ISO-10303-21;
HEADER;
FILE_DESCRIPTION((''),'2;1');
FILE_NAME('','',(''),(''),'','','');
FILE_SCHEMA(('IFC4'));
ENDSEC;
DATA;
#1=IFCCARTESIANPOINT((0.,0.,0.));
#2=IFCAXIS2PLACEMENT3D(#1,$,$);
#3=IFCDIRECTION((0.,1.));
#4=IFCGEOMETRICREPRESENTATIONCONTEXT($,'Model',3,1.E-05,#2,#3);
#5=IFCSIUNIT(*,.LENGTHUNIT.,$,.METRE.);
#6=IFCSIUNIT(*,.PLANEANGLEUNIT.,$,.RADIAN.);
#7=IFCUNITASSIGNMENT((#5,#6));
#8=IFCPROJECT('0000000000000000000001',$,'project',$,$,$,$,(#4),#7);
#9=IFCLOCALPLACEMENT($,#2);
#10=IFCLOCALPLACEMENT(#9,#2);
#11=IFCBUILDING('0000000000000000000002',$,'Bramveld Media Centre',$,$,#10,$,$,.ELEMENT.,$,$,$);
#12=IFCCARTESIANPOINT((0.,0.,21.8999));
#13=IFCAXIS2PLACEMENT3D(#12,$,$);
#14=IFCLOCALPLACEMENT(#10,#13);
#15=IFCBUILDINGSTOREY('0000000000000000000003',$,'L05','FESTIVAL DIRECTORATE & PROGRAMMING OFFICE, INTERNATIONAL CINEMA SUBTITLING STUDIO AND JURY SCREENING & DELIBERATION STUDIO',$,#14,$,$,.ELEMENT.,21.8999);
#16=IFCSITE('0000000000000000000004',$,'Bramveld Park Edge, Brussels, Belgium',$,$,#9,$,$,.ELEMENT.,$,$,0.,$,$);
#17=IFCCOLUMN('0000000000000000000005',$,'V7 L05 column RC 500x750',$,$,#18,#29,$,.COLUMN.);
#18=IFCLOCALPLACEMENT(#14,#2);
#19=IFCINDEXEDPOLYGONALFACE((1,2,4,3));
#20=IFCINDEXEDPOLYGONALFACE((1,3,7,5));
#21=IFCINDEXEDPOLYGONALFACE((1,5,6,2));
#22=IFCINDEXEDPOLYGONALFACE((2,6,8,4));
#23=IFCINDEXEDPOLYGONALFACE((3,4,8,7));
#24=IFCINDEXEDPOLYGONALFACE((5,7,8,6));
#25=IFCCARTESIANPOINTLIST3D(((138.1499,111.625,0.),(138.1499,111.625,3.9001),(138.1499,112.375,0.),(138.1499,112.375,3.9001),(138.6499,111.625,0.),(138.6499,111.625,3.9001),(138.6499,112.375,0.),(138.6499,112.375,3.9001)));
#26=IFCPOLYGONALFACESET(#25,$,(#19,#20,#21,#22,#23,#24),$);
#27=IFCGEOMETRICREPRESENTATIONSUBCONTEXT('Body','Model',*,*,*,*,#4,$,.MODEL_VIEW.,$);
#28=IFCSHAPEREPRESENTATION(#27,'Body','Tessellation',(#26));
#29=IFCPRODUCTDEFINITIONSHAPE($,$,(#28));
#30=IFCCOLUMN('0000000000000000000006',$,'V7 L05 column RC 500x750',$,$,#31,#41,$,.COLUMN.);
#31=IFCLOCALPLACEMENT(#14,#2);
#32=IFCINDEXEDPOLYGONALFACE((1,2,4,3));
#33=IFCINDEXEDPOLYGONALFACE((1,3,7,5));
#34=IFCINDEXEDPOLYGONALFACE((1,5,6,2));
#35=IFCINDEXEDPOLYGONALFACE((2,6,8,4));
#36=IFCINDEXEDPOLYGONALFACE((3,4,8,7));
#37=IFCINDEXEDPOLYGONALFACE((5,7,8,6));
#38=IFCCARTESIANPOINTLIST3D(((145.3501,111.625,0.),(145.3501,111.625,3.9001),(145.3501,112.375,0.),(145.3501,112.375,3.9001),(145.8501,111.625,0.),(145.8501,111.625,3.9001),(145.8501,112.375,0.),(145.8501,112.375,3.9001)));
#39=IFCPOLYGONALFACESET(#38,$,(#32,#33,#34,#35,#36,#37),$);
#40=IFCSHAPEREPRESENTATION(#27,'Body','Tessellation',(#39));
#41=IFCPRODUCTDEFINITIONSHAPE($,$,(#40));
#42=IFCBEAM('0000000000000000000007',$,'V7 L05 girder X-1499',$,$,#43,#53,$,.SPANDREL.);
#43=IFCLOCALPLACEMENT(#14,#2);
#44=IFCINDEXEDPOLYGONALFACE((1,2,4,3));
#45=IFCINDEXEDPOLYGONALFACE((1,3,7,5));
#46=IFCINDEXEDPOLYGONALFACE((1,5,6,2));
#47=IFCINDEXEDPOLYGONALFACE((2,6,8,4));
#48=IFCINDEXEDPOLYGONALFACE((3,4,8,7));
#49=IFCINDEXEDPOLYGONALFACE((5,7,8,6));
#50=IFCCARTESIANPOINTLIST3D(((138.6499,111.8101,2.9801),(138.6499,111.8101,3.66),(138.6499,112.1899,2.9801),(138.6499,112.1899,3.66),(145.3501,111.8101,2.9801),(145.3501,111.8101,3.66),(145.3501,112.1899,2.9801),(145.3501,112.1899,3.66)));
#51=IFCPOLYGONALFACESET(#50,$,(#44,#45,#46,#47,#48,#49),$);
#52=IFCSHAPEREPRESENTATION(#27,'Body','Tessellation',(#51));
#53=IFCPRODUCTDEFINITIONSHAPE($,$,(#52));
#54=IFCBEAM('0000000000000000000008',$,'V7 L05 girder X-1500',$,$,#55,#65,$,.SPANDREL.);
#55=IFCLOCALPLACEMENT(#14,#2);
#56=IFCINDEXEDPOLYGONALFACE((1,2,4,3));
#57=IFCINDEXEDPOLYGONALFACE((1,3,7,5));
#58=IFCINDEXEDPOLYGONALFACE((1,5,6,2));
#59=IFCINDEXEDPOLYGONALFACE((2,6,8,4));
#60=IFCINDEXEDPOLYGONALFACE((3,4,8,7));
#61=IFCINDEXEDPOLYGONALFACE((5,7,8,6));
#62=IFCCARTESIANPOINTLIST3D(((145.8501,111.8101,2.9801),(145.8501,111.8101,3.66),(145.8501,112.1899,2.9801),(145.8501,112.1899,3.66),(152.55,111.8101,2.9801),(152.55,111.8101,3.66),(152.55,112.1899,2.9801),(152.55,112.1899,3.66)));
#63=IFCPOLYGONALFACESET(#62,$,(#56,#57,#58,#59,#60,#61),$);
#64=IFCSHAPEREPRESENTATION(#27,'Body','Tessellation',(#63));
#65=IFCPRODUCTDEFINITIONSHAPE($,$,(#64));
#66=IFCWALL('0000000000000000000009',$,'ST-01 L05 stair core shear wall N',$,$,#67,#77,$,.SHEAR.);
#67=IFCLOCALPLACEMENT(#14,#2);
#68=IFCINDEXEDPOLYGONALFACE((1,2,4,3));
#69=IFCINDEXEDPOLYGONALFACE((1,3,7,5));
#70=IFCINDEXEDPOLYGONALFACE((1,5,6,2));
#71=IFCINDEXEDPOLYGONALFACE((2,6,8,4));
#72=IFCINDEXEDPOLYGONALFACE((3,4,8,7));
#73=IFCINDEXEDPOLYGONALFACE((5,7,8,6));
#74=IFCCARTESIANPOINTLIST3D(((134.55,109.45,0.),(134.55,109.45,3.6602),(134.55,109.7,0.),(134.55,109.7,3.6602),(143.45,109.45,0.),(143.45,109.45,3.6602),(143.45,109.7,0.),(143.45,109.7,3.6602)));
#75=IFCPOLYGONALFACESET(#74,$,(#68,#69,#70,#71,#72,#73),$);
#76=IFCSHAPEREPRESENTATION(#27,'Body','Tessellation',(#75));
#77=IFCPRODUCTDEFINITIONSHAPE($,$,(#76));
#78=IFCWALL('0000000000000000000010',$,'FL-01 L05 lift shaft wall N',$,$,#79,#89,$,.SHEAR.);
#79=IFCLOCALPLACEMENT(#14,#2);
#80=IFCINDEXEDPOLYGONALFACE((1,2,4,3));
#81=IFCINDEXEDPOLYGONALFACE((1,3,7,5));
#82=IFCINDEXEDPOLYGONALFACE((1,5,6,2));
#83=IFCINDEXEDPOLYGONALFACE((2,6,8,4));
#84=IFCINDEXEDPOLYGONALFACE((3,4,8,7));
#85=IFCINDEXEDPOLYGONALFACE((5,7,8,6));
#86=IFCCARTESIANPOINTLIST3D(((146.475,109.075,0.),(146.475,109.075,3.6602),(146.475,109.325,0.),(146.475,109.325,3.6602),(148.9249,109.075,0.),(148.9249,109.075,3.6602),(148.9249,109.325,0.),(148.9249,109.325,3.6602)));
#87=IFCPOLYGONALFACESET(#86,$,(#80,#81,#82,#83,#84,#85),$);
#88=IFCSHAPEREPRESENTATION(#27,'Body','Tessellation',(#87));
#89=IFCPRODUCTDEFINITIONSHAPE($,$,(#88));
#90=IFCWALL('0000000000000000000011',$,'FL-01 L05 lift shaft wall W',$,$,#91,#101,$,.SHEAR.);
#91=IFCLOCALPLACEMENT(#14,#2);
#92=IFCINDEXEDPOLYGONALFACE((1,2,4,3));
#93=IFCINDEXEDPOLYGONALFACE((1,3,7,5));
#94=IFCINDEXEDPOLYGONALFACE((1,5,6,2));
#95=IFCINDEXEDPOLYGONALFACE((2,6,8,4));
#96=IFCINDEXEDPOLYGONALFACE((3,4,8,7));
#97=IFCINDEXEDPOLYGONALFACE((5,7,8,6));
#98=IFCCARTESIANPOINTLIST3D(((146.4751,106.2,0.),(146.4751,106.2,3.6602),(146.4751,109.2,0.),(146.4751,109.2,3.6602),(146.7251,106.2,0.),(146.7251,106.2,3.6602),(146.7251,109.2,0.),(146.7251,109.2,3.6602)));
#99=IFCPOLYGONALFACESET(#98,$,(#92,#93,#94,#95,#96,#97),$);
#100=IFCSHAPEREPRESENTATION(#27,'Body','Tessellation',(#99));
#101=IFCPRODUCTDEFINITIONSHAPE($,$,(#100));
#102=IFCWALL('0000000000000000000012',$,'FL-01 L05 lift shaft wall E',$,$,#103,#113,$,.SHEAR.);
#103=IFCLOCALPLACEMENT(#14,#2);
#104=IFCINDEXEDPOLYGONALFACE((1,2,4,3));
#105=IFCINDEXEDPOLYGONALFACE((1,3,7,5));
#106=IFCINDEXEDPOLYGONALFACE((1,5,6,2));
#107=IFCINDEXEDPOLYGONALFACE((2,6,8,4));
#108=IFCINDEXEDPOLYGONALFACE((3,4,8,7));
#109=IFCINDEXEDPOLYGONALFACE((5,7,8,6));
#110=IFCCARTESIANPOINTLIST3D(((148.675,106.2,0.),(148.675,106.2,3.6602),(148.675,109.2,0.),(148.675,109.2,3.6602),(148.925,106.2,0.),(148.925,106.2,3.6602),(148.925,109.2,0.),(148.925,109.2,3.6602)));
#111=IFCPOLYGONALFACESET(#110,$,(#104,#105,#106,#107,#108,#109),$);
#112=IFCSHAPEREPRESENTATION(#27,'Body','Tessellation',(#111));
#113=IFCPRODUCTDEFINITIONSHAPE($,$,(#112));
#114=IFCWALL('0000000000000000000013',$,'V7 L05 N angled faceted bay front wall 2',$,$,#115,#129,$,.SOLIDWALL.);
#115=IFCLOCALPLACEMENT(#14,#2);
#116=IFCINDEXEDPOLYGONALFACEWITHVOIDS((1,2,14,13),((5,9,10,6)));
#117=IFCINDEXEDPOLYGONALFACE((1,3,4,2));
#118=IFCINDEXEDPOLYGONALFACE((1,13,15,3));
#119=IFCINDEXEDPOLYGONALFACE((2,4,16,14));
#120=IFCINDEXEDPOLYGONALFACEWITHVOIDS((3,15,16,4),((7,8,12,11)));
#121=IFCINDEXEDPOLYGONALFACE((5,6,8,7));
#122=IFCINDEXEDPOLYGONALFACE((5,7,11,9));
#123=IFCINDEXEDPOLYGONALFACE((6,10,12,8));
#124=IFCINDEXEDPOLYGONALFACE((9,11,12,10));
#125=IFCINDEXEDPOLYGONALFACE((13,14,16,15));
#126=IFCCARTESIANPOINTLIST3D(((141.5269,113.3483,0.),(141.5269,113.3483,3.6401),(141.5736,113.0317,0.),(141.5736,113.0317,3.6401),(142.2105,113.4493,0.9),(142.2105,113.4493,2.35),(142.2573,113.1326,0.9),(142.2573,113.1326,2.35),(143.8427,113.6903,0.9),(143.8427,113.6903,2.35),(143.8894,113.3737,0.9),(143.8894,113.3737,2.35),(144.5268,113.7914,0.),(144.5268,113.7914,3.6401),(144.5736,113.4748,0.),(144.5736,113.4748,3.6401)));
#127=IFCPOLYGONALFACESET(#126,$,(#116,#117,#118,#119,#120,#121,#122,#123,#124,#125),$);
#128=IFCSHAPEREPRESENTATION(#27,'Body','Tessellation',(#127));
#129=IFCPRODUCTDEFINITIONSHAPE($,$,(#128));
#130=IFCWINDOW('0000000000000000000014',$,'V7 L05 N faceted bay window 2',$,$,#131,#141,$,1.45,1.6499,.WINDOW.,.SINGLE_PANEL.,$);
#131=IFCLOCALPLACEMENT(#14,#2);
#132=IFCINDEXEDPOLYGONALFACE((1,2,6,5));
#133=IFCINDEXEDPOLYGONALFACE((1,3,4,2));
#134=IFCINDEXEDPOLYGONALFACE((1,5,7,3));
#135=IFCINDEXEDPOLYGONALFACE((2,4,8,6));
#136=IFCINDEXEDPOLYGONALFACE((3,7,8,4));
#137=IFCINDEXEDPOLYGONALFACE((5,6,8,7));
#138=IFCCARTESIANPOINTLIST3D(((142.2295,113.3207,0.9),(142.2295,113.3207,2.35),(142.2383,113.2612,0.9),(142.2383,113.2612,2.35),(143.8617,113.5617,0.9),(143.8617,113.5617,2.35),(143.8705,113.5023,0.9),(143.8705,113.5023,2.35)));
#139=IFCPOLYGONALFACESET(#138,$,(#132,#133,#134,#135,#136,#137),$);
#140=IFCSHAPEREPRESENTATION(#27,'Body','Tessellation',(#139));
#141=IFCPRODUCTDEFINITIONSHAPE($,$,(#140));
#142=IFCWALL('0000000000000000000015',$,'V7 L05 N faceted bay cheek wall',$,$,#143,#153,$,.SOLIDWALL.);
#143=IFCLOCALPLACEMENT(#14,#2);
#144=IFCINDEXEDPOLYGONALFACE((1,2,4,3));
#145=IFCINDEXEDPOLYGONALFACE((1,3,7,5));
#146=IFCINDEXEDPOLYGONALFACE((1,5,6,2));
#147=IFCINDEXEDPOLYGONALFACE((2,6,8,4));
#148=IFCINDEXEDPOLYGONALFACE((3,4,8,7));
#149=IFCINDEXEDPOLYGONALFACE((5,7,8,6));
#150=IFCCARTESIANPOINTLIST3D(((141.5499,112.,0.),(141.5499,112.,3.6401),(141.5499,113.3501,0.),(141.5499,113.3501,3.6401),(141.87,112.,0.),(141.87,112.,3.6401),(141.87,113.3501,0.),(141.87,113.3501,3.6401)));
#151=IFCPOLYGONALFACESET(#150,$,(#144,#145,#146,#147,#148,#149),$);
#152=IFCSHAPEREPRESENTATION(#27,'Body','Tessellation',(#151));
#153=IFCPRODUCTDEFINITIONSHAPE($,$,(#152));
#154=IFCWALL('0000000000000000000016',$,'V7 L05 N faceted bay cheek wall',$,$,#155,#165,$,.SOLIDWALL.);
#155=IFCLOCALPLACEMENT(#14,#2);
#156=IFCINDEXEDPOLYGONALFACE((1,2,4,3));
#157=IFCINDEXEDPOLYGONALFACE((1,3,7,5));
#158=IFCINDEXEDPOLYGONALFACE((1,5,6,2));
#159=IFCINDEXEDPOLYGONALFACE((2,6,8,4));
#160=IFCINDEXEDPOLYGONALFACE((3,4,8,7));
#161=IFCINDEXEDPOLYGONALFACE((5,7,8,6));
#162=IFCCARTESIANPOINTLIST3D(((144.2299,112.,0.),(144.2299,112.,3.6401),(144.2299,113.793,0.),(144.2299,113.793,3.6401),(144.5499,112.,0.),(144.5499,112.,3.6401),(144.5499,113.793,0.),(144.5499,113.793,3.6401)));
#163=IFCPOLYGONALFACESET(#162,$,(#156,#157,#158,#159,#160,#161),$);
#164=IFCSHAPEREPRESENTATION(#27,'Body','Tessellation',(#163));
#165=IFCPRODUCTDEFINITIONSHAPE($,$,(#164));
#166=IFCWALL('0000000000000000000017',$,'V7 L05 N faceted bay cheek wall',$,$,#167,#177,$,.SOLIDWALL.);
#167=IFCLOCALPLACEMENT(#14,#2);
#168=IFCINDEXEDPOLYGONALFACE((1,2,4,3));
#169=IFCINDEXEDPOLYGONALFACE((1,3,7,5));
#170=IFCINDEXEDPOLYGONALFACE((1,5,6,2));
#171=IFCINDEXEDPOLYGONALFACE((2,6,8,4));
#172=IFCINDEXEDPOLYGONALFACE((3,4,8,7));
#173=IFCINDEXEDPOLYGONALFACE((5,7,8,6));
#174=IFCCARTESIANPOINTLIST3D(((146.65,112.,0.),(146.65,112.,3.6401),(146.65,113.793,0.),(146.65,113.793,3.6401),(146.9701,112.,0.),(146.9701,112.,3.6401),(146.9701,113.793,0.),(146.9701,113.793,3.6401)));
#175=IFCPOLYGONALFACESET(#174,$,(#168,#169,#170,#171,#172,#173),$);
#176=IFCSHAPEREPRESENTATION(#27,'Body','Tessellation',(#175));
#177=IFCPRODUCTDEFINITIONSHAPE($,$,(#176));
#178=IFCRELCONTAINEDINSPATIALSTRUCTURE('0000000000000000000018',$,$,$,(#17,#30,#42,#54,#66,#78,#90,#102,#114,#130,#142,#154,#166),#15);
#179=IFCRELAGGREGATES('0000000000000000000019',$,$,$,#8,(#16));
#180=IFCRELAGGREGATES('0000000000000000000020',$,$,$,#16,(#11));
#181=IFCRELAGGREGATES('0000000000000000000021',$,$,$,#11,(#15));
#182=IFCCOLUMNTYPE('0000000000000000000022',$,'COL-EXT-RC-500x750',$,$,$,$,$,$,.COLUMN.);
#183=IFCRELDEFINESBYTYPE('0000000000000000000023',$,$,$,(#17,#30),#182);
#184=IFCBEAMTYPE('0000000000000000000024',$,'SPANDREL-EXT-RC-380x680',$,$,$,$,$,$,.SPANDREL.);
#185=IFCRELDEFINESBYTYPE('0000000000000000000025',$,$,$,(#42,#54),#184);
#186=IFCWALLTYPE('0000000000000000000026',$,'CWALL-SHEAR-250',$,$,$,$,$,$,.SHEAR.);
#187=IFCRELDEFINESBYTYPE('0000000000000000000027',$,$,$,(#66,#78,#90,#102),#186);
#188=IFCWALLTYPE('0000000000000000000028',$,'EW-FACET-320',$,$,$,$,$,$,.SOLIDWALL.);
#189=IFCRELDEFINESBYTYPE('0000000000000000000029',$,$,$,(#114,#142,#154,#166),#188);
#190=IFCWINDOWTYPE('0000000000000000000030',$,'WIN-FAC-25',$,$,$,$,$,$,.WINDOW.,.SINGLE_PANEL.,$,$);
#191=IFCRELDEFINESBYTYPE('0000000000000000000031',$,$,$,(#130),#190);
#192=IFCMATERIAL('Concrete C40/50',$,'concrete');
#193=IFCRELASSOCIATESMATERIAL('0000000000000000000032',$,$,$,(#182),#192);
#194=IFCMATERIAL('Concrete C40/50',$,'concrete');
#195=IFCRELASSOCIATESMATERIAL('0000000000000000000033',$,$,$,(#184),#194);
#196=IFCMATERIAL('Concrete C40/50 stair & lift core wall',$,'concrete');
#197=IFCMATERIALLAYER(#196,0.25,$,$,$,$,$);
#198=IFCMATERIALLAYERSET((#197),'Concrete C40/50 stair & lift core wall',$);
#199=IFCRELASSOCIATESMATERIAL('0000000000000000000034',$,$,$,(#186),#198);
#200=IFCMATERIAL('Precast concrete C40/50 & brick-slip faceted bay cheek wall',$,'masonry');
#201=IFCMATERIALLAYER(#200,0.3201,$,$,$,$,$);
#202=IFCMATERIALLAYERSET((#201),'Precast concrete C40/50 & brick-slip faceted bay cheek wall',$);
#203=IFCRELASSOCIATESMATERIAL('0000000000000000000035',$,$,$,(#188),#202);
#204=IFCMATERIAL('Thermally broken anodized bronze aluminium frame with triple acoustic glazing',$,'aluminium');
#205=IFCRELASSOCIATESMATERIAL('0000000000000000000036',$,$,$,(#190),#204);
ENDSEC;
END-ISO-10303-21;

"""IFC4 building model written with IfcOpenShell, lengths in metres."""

from ifc_helpers import new_model, si_unit, direction, frame, frame_2d, origin, origin_2d, place, context, subcontext, project, spatial, rectangle, extrude, material, layer, layer_set, material_profile, profile_set, type_object, element, fill, save


model = new_model("IFC4")

# Units and contexts
model_context = context("Model", 3, precision=1e-05, world=origin(), true_north=direction((0.0, 1.0)))
body_context = subcontext(model_context, "Body", "Model", "MODEL_VIEW")
ifc_project = project(units=[si_unit("LENGTHUNIT", "METRE"), si_unit("PLANEANGLEUNIT", "RADIAN")], contexts=[model_context])

# Site, building, storey
site_placement = place(None, origin())
site = spatial("IfcSite", under=ifc_project, at=site_placement, Name="Bramveld Park Edge, Brussels, Belgium", CompositionType="ELEMENT", RefElevation=0.0)
building_placement = place(site_placement, origin())
building = spatial("IfcBuilding", under=site, at=building_placement, Name="Bramveld Media Centre", CompositionType="ELEMENT")
storey_placement = place(building_placement, frame((0.0, 0.0, 21.8999)))
storey = spatial("IfcBuildingStorey", under=building, at=storey_placement, Name="L05", Description="FESTIVAL DIRECTORATE & PROGRAMMING OFFICE, INTERNATIONAL CINEMA SUBTITLING STUDIO AND JURY SCREENING & DELIBERATION STUDIO", CompositionType="ELEMENT", Elevation=21.8999)

# Columns
ifc_material_1 = material(Name="Concrete C40/50", Category="concrete")
ifc_material_profile_1 = material_profile(ifc_material_1, rectangle(XDim=0.5, YDim=0.75, at=origin_2d()), Name="RC 500x750")
ifc_profile_set_1 = profile_set([ifc_material_profile_1], Name="Concrete C40/50")
column_type = type_object("IfcColumnType", Name="COL-EXT-RC-500x750", PredefinedType="COLUMN", material=ifc_profile_set_1)
for number, where, z_axis, x_axis, name in (
    (1, (138.3999, 112.0, 0.0), (0.0, 0.0, 1.0), (1.0, 0.0, 0.0), "V7 L05 column RC 500x750"),
    (2, (145.6001, 112.0, 0.0), (0.0, 0.0, 1.0), (1.0, 0.0, 0.0), "V7 L05 column RC 500x750"),
):
    element("IfcColumn", number, at=place(storey_placement, frame(where, z_axis=z_axis, x_axis=x_axis)), inside=storey, type_object=column_type, Name=name, PredefinedType="COLUMN", context=body_context, shape_type="SweptSolid", body=[
        extrude(rectangle(XDim=0.5, YDim=0.75, at=origin_2d()), origin(), (0.0, 0.0, 1.0), 3.9001),
    ])

# Beams
ifc_material_2 = material(Name="Concrete C40/50", Category="concrete")
ifc_material_profile_2 = material_profile(ifc_material_2, rectangle(XDim=0.3799, YDim=0.6799, at=origin_2d()), Name="RC 380x680")
ifc_profile_set_2 = profile_set([ifc_material_profile_2], Name="Concrete C40/50")
beam_type = type_object("IfcBeamType", Name="SPANDREL-EXT-RC-380x680", PredefinedType="SPANDREL", material=ifc_profile_set_2)
beam_1_placement = place(storey_placement, frame((138.6499, 112.0, 3.3201), z_axis=(1.0, 0.0, 0.0), x_axis=(0.0, 1.0, 0.0)))
element("IfcBeam", 3, at=beam_1_placement, inside=storey, type_object=beam_type, Name="V7 L05 girder X-1499", PredefinedType="SPANDREL", context=body_context, shape_type="SweptSolid", body=[
    extrude(rectangle(XDim=0.3799, YDim=0.6799, at=origin_2d()), origin(), (0.0, 0.0, 1.0), 6.7002),
])
beam_2_placement = place(storey_placement, frame((145.8501, 112.0, 3.3201), z_axis=(1.0, 0.0, 0.0), x_axis=(0.0, 1.0, 0.0)))
element("IfcBeam", 4, at=beam_2_placement, inside=storey, type_object=beam_type, Name="V7 L05 girder X-1500", PredefinedType="SPANDREL", context=body_context, shape_type="SweptSolid", body=[
    extrude(rectangle(XDim=0.3799, YDim=0.6799, at=origin_2d()), origin(), (0.0, 0.0, 1.0), 6.7),
])

# Wall
ifc_material_3 = material(Name="Concrete C40/50 stair & lift core wall", Category="concrete")
ifc_layer_1 = layer(ifc_material_3, 0.25)
ifc_layer_set_1 = layer_set([ifc_layer_1], Name="Concrete C40/50 stair & lift core wall")
wall_type_1 = type_object("IfcWallType", Name="CWALL-SHEAR-250", PredefinedType="SHEAR", material=ifc_layer_set_1)
wall_1_placement = place(storey_placement, frame((143.45, 109.575, 0.0), z_axis=(0.0, 0.0, 1.0), x_axis=(-1.0, 0.0, 0.0)))
element("IfcWall", 5, at=wall_1_placement, inside=storey, type_object=wall_type_1, Name="ST-01 L05 stair core shear wall N", PredefinedType="SHEAR", context=body_context, shape_type="SweptSolid", body=[
    extrude(rectangle(XDim=8.8999, YDim=0.25, at=frame_2d((4.45, 0.0))), origin(), (0.0, 0.0, 1.0), 3.6602),
])

# Walls
wall_2_placement = place(storey_placement, frame((148.925, 109.2, 0.0), z_axis=(0.0, 0.0, 1.0), x_axis=(-1.0, 0.0, 0.0)))
element("IfcWall", 6, at=wall_2_placement, inside=storey, type_object=wall_type_1, Name="FL-01 L05 lift shaft wall N", PredefinedType="SHEAR", context=body_context, shape_type="SweptSolid", body=[
    extrude(rectangle(XDim=2.45, YDim=0.25, at=frame_2d((1.2251, 0.0))), origin(), (0.0, 0.0, 1.0), 3.6602),
])
for number, where, z_axis, x_axis, name in (
    (7, (146.6001, 109.2, 0.0), (0.0, 0.0, 1.0), (0.0, -1.0, 0.0), "FL-01 L05 lift shaft wall W"),
    (8, (148.8, 106.2, 0.0), (0.0, 0.0, 1.0), (0.0, 1.0, 0.0), "FL-01 L05 lift shaft wall E"),
):
    element("IfcWall", number, at=place(storey_placement, frame(where, z_axis=z_axis, x_axis=x_axis)), inside=storey, type_object=wall_type_1, Name=name, PredefinedType="SHEAR", context=body_context, shape_type="SweptSolid", body=[
        extrude(rectangle(XDim=3.0, YDim=0.25, at=frame_2d((1.5, 0.0))), origin(), (0.0, 0.0, 1.0), 3.6602),
    ])

# Wall, opening, window
ifc_material_4 = material(Name="Precast concrete C40/50 & brick-slip faceted bay cheek wall", Category="masonry")
ifc_layer_2 = layer(ifc_material_4, 0.3201)
ifc_layer_set_2 = layer_set([ifc_layer_2], Name="Precast concrete C40/50 & brick-slip faceted bay cheek wall")
wall_type_2 = type_object("IfcWallType", Name="EW-FACET-320", PredefinedType="SOLIDWALL", material=ifc_layer_set_2)
wall_3_placement = place(storey_placement, frame((144.55, 113.6331, 0.0), z_axis=(0.0, 0.0, 1.0), x_axis=(-0.989267, -0.14612, 0.0)))
wall_3 = element("IfcWall", 9, at=wall_3_placement, inside=storey, type_object=wall_type_2, Name="V7 L05 N angled faceted bay front wall 2", PredefinedType="SOLIDWALL", context=body_context, shape_type="SweptSolid", body=[
    extrude(rectangle(XDim=3.0325, YDim=0.3201, at=frame_2d((1.5161, 0.0))), origin(), (0.0, 0.0, 1.0), 3.6401),
])
opening_1_placement = place(wall_3_placement, frame((0.6914, 0.0, 0.8999)))
opening_1 = element("IfcOpeningElement", 10, at=opening_1_placement, cuts=wall_3, PredefinedType="OPENING", context=body_context, shape_type="SweptSolid", body=[
    extrude(rectangle(XDim=1.6499, YDim=1.45, at=frame_2d((0.825, 0.7251))), frame((0.0, 0.1719, 0.0), z_axis=(0.0, -1.0, 0.0), x_axis=(1.0, 0.0, 0.0)), (0.0, 0.0, 1.0), 0.344),
])
ifc_material_5 = material(Name="Thermally broken anodized bronze aluminium frame with triple acoustic glazing", Category="aluminium")
window_type = type_object("IfcWindowType", Name="WIN-FAC-25", PartitioningType="SINGLE_PANEL", PredefinedType="WINDOW", material=ifc_material_5)
window_placement = place(opening_1_placement, origin())
window = element("IfcWindow", 11, at=window_placement, inside=storey, type_object=window_type, Name="V7 L05 N faceted bay window 2", OverallHeight=1.45, OverallWidth=1.6499, PartitioningType="SINGLE_PANEL", PredefinedType="WINDOW", context=body_context, shape_type="SweptSolid", body=[
    extrude(rectangle(XDim=1.6499, YDim=1.45, at=frame_2d((0.825, 0.7251))), frame((0.0, 0.03, 0.0), z_axis=(0.0, -1.0, 0.0), x_axis=(1.0, 0.0, 0.0)), (0.0, 0.0, 1.0), 0.0601),
])
fill(opening_1, window)

# Walls
wall_4_placement = place(storey_placement, frame((141.71, 112.0, 0.0), z_axis=(0.0, 0.0, 1.0), x_axis=(0.0, 1.0, 0.0)))
element("IfcWall", 12, at=wall_4_placement, inside=storey, type_object=wall_type_2, Name="V7 L05 N faceted bay cheek wall", PredefinedType="SOLIDWALL", context=body_context, shape_type="SweptSolid", body=[
    extrude(rectangle(XDim=1.3501, YDim=0.3201, at=frame_2d((0.675, 0.0))), origin(), (0.0, 0.0, 1.0), 3.6401),
])
for number, where, z_axis, x_axis, name in (
    (13, (144.3899, 112.0, 0.0), (0.0, 0.0, 1.0), (0.0, 1.0, 0.0), "V7 L05 N faceted bay cheek wall"),
    (14, (146.8101, 112.0, 0.0), (0.0, 0.0, 1.0), (0.0, 1.0, 0.0), "V7 L05 N faceted bay cheek wall"),
):
    element("IfcWall", number, at=place(storey_placement, frame(where, z_axis=z_axis, x_axis=x_axis)), inside=storey, type_object=wall_type_2, Name=name, PredefinedType="SOLIDWALL", context=body_context, shape_type="SweptSolid", body=[
        extrude(rectangle(XDim=1.793, YDim=0.3201, at=frame_2d((0.8965, 0.0))), origin(), (0.0, 0.0, 1.0), 3.6401),
    ])

save(model, "model.ifc")
